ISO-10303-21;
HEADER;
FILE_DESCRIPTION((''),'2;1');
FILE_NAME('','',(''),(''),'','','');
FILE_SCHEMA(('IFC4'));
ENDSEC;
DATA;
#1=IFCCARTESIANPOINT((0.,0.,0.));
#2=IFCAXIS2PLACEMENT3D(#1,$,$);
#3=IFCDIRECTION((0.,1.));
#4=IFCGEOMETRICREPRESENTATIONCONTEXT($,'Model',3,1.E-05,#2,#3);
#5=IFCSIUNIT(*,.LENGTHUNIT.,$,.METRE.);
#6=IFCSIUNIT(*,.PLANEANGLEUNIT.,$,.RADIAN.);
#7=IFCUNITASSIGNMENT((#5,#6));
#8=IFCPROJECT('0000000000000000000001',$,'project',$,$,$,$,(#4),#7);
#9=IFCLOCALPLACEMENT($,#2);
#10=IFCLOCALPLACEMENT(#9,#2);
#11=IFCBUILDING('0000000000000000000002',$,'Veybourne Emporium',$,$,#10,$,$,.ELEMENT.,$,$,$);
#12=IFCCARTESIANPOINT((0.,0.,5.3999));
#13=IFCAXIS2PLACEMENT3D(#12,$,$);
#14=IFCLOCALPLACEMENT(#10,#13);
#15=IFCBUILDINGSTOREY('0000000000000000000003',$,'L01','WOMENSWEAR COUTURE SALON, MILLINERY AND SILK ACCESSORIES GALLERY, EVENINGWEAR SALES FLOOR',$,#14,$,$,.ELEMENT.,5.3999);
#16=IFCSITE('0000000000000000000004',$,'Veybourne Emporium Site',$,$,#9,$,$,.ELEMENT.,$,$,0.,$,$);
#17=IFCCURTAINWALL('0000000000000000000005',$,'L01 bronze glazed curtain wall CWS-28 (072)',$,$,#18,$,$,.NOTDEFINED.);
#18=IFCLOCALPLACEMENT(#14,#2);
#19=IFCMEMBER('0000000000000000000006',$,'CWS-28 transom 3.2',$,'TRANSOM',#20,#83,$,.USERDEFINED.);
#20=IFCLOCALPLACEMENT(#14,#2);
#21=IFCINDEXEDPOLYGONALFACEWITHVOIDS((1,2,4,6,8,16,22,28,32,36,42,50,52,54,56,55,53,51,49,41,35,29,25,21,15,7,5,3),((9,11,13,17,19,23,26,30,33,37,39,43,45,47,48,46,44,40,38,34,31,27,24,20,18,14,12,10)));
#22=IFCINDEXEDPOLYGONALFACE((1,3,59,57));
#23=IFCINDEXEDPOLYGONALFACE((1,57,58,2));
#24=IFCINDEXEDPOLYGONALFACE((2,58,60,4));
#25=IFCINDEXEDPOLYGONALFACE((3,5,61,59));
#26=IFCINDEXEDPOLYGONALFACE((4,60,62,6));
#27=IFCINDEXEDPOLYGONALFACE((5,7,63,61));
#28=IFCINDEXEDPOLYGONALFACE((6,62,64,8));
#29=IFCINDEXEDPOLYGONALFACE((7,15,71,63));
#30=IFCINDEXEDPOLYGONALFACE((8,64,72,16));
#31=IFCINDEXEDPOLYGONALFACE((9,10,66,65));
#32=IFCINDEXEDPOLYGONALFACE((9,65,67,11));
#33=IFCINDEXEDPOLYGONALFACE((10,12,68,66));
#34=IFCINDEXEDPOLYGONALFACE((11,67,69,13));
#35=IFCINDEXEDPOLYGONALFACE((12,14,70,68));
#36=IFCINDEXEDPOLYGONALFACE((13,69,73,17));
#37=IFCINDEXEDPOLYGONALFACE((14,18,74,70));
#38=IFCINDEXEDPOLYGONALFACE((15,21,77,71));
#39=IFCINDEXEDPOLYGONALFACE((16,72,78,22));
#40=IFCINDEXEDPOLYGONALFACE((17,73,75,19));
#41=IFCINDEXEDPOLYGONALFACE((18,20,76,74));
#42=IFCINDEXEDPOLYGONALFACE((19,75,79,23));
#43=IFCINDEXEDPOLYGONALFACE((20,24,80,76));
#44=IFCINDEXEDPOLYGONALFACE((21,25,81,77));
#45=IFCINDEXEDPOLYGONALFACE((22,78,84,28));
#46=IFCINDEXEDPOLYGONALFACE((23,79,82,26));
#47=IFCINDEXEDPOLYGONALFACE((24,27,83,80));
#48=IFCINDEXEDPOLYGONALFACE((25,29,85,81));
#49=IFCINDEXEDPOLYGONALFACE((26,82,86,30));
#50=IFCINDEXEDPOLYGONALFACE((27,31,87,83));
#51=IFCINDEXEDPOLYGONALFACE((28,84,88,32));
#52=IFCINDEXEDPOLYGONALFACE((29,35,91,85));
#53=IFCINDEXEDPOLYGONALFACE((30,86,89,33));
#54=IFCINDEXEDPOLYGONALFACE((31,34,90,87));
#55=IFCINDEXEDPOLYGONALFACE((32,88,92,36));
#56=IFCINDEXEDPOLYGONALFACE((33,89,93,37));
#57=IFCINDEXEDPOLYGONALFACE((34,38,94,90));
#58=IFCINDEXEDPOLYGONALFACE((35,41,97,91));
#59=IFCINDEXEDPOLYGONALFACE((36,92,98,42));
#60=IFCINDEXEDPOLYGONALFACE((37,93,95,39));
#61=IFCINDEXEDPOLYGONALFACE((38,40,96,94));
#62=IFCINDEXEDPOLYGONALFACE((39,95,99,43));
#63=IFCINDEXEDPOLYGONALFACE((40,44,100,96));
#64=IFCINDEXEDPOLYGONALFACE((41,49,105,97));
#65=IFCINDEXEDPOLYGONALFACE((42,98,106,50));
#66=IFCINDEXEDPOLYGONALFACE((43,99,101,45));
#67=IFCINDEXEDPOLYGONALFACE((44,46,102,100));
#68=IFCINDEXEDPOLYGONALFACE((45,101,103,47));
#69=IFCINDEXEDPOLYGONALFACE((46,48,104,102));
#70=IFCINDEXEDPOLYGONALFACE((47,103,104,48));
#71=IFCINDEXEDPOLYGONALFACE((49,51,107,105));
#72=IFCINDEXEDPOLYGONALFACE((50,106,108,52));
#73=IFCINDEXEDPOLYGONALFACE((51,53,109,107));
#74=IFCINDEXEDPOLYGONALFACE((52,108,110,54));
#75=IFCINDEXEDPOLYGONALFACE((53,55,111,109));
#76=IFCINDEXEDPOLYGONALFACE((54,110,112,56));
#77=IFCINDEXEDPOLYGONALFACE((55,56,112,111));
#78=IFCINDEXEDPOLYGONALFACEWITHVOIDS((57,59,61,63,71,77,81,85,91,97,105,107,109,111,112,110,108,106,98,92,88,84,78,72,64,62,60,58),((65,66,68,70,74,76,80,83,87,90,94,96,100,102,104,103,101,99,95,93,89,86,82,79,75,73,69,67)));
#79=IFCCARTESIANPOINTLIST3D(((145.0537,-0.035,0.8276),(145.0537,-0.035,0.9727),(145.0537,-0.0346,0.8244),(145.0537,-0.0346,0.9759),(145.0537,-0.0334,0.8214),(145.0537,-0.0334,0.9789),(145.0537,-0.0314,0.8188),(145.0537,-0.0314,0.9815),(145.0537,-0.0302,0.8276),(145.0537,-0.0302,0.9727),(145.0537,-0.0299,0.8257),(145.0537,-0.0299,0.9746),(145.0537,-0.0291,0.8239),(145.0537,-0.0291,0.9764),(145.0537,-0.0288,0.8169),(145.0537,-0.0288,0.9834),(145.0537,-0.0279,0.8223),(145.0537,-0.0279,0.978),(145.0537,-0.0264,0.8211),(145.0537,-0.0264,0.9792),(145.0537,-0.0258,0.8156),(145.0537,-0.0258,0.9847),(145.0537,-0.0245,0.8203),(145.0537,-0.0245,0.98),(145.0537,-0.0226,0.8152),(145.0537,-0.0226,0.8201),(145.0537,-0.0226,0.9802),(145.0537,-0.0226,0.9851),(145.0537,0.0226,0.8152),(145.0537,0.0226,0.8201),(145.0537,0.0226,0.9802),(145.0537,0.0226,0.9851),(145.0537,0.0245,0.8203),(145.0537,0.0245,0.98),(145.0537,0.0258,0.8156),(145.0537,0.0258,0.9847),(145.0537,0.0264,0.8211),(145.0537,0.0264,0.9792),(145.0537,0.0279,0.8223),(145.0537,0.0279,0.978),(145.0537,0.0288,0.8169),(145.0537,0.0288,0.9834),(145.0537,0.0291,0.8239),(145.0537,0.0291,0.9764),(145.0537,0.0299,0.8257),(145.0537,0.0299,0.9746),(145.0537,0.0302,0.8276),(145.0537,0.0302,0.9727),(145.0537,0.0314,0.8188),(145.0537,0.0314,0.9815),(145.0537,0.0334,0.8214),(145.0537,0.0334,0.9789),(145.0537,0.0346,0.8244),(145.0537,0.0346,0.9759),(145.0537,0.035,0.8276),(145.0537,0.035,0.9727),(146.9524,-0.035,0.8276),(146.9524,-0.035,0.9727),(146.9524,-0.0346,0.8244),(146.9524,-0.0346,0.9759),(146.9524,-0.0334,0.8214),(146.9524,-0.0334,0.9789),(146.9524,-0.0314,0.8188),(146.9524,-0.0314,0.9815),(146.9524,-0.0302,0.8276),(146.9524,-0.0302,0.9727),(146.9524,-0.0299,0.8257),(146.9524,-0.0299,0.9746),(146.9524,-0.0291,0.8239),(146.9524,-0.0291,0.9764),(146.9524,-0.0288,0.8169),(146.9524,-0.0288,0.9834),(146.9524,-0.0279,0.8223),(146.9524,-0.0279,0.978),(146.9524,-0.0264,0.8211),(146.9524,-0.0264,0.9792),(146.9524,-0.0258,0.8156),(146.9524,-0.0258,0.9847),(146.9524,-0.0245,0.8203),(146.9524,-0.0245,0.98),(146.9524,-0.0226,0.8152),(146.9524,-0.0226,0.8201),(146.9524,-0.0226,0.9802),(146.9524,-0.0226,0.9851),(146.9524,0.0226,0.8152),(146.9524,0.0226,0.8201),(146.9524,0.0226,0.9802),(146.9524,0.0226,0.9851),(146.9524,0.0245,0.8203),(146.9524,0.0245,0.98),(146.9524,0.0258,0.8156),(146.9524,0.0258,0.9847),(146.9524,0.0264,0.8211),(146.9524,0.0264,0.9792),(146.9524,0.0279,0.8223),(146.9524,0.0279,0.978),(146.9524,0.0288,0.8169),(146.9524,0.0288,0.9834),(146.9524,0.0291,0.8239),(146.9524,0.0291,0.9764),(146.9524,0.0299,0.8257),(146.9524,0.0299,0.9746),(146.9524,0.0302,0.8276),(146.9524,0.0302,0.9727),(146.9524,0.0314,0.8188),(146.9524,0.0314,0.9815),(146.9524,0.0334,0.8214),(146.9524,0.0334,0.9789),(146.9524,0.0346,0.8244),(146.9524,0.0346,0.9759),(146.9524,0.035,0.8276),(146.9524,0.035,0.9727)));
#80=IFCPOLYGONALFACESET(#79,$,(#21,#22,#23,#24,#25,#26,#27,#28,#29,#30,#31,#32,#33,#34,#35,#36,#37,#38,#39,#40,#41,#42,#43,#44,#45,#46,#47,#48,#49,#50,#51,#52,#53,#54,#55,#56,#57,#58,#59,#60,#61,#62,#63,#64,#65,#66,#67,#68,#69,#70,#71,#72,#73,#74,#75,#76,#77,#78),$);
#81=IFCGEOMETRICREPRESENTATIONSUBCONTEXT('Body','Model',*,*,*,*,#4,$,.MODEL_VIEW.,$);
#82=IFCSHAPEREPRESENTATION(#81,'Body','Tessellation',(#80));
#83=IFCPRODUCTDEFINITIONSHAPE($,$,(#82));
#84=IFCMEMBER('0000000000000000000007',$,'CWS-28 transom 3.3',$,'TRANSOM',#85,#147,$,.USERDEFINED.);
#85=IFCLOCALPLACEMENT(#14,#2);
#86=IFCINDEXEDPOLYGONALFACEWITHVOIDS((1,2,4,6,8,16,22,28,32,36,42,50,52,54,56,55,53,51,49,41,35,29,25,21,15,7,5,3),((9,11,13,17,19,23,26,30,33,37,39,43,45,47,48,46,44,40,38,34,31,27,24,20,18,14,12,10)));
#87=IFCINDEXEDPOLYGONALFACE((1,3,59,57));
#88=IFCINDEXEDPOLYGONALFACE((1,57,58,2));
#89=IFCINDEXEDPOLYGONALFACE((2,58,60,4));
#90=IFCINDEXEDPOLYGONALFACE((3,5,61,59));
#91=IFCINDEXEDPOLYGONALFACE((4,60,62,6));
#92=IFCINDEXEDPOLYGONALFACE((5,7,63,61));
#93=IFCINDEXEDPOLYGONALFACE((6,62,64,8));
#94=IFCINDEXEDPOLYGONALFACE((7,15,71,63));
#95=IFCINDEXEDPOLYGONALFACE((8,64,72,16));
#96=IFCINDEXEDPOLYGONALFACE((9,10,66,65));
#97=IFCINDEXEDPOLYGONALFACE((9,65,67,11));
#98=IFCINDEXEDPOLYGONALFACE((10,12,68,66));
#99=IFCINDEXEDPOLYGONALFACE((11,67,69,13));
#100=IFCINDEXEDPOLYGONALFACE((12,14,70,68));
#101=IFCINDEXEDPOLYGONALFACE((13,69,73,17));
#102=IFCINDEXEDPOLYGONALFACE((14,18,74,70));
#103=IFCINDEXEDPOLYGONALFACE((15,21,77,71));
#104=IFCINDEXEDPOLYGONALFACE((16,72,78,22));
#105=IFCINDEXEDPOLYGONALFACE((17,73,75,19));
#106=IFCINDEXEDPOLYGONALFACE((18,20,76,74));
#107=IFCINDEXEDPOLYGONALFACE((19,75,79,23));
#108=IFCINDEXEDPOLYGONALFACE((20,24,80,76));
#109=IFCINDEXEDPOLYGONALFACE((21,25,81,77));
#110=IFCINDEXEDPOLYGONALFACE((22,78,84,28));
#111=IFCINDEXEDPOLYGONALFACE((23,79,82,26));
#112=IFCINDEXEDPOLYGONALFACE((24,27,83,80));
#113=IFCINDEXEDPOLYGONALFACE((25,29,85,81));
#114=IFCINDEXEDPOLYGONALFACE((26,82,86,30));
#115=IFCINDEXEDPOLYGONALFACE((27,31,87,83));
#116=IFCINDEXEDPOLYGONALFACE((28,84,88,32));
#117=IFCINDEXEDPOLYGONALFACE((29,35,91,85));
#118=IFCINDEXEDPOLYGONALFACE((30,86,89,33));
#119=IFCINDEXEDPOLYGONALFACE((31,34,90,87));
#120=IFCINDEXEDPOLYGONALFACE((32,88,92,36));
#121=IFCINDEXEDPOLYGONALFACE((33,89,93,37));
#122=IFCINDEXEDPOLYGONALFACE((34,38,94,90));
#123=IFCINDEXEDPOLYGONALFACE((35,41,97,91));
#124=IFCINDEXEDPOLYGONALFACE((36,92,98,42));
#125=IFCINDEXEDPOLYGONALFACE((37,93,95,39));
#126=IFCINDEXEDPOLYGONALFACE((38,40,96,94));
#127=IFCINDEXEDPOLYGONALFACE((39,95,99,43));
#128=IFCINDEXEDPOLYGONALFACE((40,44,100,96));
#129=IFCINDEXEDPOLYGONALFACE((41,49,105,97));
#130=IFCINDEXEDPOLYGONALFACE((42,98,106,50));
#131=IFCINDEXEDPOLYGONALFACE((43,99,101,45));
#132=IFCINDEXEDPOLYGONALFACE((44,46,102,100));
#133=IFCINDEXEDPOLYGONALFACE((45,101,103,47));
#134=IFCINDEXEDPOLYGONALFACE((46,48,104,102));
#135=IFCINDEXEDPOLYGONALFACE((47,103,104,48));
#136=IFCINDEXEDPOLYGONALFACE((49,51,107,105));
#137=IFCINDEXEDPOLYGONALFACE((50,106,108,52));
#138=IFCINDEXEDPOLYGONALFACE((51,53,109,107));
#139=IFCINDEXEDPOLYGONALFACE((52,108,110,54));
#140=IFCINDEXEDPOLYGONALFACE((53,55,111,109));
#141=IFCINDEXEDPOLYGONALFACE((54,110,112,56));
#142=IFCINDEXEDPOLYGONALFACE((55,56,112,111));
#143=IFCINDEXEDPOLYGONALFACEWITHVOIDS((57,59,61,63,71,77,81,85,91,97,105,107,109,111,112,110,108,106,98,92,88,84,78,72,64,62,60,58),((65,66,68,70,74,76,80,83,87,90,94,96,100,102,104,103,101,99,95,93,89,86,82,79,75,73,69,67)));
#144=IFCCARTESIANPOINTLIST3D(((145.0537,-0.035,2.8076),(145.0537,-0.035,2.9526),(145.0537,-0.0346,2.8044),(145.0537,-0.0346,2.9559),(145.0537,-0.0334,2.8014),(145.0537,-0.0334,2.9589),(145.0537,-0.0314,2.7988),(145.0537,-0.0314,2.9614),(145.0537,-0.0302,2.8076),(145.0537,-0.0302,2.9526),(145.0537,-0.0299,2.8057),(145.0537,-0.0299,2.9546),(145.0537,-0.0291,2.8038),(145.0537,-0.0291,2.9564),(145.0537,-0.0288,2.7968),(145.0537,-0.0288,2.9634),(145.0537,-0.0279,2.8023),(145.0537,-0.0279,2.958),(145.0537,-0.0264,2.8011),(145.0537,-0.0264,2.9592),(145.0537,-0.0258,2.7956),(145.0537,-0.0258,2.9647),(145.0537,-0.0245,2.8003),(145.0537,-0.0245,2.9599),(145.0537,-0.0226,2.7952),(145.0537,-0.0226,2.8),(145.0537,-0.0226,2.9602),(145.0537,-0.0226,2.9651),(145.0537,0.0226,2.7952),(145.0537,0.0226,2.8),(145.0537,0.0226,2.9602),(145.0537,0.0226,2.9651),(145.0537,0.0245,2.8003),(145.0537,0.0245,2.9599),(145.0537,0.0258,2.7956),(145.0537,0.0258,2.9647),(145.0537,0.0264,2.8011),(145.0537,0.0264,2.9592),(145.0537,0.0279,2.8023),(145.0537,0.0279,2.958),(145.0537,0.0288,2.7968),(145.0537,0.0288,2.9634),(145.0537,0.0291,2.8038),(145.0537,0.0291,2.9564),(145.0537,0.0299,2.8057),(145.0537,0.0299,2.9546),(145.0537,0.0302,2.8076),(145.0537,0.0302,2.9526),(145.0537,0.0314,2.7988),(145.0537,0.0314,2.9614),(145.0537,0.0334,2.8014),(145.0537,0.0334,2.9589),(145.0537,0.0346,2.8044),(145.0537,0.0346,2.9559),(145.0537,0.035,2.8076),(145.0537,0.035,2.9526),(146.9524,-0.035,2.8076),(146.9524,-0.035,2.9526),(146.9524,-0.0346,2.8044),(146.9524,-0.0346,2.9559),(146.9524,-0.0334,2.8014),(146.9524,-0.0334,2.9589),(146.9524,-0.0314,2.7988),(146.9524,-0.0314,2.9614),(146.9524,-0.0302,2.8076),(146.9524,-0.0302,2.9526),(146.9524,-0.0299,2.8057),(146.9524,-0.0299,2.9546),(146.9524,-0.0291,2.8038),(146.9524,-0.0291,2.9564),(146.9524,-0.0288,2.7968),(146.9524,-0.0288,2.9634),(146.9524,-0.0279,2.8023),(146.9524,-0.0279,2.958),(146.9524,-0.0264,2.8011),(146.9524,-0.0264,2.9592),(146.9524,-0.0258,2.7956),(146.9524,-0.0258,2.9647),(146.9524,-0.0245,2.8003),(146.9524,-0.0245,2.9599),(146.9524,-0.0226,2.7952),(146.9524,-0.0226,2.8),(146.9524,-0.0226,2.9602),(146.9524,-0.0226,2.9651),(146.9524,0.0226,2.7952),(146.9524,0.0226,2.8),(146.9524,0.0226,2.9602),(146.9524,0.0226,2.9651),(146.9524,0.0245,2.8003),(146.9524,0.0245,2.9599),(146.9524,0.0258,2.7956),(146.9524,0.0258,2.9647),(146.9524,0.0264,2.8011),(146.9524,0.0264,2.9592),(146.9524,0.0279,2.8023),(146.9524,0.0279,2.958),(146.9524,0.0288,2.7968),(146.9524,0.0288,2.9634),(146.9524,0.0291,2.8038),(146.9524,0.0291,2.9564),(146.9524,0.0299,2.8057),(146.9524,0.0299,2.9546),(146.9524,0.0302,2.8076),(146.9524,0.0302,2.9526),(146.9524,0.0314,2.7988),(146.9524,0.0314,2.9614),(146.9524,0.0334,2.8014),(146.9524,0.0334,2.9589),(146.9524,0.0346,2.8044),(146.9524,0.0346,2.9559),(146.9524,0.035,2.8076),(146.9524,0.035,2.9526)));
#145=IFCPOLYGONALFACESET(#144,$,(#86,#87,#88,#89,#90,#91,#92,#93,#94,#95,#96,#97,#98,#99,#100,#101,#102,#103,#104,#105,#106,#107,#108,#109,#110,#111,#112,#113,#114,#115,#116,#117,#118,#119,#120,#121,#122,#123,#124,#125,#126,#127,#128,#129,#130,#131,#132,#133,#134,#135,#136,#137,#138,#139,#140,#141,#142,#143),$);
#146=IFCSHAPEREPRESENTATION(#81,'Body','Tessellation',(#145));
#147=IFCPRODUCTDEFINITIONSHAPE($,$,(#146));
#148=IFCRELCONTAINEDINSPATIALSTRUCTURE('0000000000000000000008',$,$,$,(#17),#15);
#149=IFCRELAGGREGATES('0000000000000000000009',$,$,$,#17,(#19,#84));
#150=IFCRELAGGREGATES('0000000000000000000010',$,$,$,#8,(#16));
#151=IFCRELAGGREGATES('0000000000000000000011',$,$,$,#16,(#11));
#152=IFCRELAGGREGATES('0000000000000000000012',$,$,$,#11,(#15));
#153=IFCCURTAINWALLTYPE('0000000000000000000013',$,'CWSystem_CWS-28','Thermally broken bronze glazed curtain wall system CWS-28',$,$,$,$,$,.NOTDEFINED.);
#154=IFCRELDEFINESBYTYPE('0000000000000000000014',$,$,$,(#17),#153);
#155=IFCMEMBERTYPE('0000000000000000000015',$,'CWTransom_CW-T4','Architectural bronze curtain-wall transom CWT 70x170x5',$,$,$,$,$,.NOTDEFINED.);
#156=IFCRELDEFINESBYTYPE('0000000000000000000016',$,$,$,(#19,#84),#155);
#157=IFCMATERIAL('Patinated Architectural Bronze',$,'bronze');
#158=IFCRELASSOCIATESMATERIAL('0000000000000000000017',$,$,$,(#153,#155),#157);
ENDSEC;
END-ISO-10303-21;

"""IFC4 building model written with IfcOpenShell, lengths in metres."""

from ifc_helpers import new_model, si_unit, direction, frame, origin, origin_2d, place, context, subcontext, project, spatial, hollow_rectangle, extrude, material, material_profile, profile_set, type_object, element, aggregate, save


model = new_model("IFC4")

# Units and contexts
model_context = context("Model", 3, precision=1e-05, world=origin(), true_north=direction((0.0, 1.0)))
body_context = subcontext(model_context, "Body", "Model", "MODEL_VIEW")
ifc_project = project(units=[si_unit("LENGTHUNIT", "METRE"), si_unit("PLANEANGLEUNIT", "RADIAN")], contexts=[model_context])

# Site, building, storey
site_placement = place(None, origin())
site = spatial("IfcSite", under=ifc_project, at=site_placement, Name="Veybourne Emporium Site", CompositionType="ELEMENT", RefElevation=0.0)
building_placement = place(site_placement, origin())
building = spatial("IfcBuilding", under=site, at=building_placement, Name="Veybourne Emporium", CompositionType="ELEMENT")
storey_placement = place(building_placement, frame((0.0, 0.0, 5.3999)))
storey = spatial("IfcBuildingStorey", under=building, at=storey_placement, Name="L01", Description="WOMENSWEAR COUTURE SALON, MILLINERY AND SILK ACCESSORIES GALLERY, EVENINGWEAR SALES FLOOR", CompositionType="ELEMENT", Elevation=5.3999)

# Curtain wall, members
ifc_material_1 = material(Name="Patinated Architectural Bronze", Category="bronze")
curtain_wall_type = type_object("IfcCurtainWallType", Name="CWSystem_CWS-28", Description="Thermally broken bronze glazed curtain wall system CWS-28", PredefinedType="NOTDEFINED", material=ifc_material_1)
curtain_wall_placement = place(storey_placement, origin())
curtain_wall = element("IfcCurtainWall", 1, at=curtain_wall_placement, inside=storey, type_object=curtain_wall_type, Name="L01 bronze glazed curtain wall CWS-28 (072)", PredefinedType="NOTDEFINED")
ifc_material_profile_1 = material_profile(ifc_material_1, hollow_rectangle(XDim=0.0701, YDim=0.1699, WallThickness=0.0049, InnerFilletRadius=0.0076, OuterFilletRadius=0.0125, at=origin_2d()), Name="CWT 70x170x5")
ifc_profile_set_1 = profile_set([ifc_material_profile_1], Name="Patinated Architectural Bronze")
member_type_1 = type_object("IfcMemberType", Name="CWTransom_CW-T4", Description="Architectural bronze curtain-wall transom CWT 70x170x5", PredefinedType="NOTDEFINED", material=ifc_profile_set_1)
member_1_placement = place(storey_placement, frame((146.9524, 0.0, 0.9001), z_axis=(-1.0, 0.0, 0.0), x_axis=(0.0, -1.0, 0.0)))
member_1 = element("IfcMember", 2, at=member_1_placement, type_object=member_type_1, Name="CWS-28 transom 3.2", ObjectType="TRANSOM", PredefinedType="USERDEFINED", context=body_context, shape_type="SweptSolid", body=[
    extrude(hollow_rectangle(XDim=0.0701, YDim=0.1699, WallThickness=0.0049, InnerFilletRadius=0.0076, OuterFilletRadius=0.0125, at=origin_2d()), origin(), (0.0, 0.0, 1.0), 1.8987),
])
member_2_placement = place(storey_placement, frame((146.9524, 0.0, 2.8801), z_axis=(-1.0, 0.0, 0.0), x_axis=(0.0, -1.0, 0.0)))
member_2 = element("IfcMember", 3, at=member_2_placement, type_object=member_type_1, Name="CWS-28 transom 3.3", ObjectType="TRANSOM", PredefinedType="USERDEFINED", context=body_context, shape_type="SweptSolid", body=[
    extrude(hollow_rectangle(XDim=0.0701, YDim=0.1699, WallThickness=0.0049, InnerFilletRadius=0.0076, OuterFilletRadius=0.0125, at=origin_2d()), origin(), (0.0, 0.0, 1.0), 1.8987),
])

aggregate(curtain_wall, [member_1, member_2])

save(model, "model.ifc")
